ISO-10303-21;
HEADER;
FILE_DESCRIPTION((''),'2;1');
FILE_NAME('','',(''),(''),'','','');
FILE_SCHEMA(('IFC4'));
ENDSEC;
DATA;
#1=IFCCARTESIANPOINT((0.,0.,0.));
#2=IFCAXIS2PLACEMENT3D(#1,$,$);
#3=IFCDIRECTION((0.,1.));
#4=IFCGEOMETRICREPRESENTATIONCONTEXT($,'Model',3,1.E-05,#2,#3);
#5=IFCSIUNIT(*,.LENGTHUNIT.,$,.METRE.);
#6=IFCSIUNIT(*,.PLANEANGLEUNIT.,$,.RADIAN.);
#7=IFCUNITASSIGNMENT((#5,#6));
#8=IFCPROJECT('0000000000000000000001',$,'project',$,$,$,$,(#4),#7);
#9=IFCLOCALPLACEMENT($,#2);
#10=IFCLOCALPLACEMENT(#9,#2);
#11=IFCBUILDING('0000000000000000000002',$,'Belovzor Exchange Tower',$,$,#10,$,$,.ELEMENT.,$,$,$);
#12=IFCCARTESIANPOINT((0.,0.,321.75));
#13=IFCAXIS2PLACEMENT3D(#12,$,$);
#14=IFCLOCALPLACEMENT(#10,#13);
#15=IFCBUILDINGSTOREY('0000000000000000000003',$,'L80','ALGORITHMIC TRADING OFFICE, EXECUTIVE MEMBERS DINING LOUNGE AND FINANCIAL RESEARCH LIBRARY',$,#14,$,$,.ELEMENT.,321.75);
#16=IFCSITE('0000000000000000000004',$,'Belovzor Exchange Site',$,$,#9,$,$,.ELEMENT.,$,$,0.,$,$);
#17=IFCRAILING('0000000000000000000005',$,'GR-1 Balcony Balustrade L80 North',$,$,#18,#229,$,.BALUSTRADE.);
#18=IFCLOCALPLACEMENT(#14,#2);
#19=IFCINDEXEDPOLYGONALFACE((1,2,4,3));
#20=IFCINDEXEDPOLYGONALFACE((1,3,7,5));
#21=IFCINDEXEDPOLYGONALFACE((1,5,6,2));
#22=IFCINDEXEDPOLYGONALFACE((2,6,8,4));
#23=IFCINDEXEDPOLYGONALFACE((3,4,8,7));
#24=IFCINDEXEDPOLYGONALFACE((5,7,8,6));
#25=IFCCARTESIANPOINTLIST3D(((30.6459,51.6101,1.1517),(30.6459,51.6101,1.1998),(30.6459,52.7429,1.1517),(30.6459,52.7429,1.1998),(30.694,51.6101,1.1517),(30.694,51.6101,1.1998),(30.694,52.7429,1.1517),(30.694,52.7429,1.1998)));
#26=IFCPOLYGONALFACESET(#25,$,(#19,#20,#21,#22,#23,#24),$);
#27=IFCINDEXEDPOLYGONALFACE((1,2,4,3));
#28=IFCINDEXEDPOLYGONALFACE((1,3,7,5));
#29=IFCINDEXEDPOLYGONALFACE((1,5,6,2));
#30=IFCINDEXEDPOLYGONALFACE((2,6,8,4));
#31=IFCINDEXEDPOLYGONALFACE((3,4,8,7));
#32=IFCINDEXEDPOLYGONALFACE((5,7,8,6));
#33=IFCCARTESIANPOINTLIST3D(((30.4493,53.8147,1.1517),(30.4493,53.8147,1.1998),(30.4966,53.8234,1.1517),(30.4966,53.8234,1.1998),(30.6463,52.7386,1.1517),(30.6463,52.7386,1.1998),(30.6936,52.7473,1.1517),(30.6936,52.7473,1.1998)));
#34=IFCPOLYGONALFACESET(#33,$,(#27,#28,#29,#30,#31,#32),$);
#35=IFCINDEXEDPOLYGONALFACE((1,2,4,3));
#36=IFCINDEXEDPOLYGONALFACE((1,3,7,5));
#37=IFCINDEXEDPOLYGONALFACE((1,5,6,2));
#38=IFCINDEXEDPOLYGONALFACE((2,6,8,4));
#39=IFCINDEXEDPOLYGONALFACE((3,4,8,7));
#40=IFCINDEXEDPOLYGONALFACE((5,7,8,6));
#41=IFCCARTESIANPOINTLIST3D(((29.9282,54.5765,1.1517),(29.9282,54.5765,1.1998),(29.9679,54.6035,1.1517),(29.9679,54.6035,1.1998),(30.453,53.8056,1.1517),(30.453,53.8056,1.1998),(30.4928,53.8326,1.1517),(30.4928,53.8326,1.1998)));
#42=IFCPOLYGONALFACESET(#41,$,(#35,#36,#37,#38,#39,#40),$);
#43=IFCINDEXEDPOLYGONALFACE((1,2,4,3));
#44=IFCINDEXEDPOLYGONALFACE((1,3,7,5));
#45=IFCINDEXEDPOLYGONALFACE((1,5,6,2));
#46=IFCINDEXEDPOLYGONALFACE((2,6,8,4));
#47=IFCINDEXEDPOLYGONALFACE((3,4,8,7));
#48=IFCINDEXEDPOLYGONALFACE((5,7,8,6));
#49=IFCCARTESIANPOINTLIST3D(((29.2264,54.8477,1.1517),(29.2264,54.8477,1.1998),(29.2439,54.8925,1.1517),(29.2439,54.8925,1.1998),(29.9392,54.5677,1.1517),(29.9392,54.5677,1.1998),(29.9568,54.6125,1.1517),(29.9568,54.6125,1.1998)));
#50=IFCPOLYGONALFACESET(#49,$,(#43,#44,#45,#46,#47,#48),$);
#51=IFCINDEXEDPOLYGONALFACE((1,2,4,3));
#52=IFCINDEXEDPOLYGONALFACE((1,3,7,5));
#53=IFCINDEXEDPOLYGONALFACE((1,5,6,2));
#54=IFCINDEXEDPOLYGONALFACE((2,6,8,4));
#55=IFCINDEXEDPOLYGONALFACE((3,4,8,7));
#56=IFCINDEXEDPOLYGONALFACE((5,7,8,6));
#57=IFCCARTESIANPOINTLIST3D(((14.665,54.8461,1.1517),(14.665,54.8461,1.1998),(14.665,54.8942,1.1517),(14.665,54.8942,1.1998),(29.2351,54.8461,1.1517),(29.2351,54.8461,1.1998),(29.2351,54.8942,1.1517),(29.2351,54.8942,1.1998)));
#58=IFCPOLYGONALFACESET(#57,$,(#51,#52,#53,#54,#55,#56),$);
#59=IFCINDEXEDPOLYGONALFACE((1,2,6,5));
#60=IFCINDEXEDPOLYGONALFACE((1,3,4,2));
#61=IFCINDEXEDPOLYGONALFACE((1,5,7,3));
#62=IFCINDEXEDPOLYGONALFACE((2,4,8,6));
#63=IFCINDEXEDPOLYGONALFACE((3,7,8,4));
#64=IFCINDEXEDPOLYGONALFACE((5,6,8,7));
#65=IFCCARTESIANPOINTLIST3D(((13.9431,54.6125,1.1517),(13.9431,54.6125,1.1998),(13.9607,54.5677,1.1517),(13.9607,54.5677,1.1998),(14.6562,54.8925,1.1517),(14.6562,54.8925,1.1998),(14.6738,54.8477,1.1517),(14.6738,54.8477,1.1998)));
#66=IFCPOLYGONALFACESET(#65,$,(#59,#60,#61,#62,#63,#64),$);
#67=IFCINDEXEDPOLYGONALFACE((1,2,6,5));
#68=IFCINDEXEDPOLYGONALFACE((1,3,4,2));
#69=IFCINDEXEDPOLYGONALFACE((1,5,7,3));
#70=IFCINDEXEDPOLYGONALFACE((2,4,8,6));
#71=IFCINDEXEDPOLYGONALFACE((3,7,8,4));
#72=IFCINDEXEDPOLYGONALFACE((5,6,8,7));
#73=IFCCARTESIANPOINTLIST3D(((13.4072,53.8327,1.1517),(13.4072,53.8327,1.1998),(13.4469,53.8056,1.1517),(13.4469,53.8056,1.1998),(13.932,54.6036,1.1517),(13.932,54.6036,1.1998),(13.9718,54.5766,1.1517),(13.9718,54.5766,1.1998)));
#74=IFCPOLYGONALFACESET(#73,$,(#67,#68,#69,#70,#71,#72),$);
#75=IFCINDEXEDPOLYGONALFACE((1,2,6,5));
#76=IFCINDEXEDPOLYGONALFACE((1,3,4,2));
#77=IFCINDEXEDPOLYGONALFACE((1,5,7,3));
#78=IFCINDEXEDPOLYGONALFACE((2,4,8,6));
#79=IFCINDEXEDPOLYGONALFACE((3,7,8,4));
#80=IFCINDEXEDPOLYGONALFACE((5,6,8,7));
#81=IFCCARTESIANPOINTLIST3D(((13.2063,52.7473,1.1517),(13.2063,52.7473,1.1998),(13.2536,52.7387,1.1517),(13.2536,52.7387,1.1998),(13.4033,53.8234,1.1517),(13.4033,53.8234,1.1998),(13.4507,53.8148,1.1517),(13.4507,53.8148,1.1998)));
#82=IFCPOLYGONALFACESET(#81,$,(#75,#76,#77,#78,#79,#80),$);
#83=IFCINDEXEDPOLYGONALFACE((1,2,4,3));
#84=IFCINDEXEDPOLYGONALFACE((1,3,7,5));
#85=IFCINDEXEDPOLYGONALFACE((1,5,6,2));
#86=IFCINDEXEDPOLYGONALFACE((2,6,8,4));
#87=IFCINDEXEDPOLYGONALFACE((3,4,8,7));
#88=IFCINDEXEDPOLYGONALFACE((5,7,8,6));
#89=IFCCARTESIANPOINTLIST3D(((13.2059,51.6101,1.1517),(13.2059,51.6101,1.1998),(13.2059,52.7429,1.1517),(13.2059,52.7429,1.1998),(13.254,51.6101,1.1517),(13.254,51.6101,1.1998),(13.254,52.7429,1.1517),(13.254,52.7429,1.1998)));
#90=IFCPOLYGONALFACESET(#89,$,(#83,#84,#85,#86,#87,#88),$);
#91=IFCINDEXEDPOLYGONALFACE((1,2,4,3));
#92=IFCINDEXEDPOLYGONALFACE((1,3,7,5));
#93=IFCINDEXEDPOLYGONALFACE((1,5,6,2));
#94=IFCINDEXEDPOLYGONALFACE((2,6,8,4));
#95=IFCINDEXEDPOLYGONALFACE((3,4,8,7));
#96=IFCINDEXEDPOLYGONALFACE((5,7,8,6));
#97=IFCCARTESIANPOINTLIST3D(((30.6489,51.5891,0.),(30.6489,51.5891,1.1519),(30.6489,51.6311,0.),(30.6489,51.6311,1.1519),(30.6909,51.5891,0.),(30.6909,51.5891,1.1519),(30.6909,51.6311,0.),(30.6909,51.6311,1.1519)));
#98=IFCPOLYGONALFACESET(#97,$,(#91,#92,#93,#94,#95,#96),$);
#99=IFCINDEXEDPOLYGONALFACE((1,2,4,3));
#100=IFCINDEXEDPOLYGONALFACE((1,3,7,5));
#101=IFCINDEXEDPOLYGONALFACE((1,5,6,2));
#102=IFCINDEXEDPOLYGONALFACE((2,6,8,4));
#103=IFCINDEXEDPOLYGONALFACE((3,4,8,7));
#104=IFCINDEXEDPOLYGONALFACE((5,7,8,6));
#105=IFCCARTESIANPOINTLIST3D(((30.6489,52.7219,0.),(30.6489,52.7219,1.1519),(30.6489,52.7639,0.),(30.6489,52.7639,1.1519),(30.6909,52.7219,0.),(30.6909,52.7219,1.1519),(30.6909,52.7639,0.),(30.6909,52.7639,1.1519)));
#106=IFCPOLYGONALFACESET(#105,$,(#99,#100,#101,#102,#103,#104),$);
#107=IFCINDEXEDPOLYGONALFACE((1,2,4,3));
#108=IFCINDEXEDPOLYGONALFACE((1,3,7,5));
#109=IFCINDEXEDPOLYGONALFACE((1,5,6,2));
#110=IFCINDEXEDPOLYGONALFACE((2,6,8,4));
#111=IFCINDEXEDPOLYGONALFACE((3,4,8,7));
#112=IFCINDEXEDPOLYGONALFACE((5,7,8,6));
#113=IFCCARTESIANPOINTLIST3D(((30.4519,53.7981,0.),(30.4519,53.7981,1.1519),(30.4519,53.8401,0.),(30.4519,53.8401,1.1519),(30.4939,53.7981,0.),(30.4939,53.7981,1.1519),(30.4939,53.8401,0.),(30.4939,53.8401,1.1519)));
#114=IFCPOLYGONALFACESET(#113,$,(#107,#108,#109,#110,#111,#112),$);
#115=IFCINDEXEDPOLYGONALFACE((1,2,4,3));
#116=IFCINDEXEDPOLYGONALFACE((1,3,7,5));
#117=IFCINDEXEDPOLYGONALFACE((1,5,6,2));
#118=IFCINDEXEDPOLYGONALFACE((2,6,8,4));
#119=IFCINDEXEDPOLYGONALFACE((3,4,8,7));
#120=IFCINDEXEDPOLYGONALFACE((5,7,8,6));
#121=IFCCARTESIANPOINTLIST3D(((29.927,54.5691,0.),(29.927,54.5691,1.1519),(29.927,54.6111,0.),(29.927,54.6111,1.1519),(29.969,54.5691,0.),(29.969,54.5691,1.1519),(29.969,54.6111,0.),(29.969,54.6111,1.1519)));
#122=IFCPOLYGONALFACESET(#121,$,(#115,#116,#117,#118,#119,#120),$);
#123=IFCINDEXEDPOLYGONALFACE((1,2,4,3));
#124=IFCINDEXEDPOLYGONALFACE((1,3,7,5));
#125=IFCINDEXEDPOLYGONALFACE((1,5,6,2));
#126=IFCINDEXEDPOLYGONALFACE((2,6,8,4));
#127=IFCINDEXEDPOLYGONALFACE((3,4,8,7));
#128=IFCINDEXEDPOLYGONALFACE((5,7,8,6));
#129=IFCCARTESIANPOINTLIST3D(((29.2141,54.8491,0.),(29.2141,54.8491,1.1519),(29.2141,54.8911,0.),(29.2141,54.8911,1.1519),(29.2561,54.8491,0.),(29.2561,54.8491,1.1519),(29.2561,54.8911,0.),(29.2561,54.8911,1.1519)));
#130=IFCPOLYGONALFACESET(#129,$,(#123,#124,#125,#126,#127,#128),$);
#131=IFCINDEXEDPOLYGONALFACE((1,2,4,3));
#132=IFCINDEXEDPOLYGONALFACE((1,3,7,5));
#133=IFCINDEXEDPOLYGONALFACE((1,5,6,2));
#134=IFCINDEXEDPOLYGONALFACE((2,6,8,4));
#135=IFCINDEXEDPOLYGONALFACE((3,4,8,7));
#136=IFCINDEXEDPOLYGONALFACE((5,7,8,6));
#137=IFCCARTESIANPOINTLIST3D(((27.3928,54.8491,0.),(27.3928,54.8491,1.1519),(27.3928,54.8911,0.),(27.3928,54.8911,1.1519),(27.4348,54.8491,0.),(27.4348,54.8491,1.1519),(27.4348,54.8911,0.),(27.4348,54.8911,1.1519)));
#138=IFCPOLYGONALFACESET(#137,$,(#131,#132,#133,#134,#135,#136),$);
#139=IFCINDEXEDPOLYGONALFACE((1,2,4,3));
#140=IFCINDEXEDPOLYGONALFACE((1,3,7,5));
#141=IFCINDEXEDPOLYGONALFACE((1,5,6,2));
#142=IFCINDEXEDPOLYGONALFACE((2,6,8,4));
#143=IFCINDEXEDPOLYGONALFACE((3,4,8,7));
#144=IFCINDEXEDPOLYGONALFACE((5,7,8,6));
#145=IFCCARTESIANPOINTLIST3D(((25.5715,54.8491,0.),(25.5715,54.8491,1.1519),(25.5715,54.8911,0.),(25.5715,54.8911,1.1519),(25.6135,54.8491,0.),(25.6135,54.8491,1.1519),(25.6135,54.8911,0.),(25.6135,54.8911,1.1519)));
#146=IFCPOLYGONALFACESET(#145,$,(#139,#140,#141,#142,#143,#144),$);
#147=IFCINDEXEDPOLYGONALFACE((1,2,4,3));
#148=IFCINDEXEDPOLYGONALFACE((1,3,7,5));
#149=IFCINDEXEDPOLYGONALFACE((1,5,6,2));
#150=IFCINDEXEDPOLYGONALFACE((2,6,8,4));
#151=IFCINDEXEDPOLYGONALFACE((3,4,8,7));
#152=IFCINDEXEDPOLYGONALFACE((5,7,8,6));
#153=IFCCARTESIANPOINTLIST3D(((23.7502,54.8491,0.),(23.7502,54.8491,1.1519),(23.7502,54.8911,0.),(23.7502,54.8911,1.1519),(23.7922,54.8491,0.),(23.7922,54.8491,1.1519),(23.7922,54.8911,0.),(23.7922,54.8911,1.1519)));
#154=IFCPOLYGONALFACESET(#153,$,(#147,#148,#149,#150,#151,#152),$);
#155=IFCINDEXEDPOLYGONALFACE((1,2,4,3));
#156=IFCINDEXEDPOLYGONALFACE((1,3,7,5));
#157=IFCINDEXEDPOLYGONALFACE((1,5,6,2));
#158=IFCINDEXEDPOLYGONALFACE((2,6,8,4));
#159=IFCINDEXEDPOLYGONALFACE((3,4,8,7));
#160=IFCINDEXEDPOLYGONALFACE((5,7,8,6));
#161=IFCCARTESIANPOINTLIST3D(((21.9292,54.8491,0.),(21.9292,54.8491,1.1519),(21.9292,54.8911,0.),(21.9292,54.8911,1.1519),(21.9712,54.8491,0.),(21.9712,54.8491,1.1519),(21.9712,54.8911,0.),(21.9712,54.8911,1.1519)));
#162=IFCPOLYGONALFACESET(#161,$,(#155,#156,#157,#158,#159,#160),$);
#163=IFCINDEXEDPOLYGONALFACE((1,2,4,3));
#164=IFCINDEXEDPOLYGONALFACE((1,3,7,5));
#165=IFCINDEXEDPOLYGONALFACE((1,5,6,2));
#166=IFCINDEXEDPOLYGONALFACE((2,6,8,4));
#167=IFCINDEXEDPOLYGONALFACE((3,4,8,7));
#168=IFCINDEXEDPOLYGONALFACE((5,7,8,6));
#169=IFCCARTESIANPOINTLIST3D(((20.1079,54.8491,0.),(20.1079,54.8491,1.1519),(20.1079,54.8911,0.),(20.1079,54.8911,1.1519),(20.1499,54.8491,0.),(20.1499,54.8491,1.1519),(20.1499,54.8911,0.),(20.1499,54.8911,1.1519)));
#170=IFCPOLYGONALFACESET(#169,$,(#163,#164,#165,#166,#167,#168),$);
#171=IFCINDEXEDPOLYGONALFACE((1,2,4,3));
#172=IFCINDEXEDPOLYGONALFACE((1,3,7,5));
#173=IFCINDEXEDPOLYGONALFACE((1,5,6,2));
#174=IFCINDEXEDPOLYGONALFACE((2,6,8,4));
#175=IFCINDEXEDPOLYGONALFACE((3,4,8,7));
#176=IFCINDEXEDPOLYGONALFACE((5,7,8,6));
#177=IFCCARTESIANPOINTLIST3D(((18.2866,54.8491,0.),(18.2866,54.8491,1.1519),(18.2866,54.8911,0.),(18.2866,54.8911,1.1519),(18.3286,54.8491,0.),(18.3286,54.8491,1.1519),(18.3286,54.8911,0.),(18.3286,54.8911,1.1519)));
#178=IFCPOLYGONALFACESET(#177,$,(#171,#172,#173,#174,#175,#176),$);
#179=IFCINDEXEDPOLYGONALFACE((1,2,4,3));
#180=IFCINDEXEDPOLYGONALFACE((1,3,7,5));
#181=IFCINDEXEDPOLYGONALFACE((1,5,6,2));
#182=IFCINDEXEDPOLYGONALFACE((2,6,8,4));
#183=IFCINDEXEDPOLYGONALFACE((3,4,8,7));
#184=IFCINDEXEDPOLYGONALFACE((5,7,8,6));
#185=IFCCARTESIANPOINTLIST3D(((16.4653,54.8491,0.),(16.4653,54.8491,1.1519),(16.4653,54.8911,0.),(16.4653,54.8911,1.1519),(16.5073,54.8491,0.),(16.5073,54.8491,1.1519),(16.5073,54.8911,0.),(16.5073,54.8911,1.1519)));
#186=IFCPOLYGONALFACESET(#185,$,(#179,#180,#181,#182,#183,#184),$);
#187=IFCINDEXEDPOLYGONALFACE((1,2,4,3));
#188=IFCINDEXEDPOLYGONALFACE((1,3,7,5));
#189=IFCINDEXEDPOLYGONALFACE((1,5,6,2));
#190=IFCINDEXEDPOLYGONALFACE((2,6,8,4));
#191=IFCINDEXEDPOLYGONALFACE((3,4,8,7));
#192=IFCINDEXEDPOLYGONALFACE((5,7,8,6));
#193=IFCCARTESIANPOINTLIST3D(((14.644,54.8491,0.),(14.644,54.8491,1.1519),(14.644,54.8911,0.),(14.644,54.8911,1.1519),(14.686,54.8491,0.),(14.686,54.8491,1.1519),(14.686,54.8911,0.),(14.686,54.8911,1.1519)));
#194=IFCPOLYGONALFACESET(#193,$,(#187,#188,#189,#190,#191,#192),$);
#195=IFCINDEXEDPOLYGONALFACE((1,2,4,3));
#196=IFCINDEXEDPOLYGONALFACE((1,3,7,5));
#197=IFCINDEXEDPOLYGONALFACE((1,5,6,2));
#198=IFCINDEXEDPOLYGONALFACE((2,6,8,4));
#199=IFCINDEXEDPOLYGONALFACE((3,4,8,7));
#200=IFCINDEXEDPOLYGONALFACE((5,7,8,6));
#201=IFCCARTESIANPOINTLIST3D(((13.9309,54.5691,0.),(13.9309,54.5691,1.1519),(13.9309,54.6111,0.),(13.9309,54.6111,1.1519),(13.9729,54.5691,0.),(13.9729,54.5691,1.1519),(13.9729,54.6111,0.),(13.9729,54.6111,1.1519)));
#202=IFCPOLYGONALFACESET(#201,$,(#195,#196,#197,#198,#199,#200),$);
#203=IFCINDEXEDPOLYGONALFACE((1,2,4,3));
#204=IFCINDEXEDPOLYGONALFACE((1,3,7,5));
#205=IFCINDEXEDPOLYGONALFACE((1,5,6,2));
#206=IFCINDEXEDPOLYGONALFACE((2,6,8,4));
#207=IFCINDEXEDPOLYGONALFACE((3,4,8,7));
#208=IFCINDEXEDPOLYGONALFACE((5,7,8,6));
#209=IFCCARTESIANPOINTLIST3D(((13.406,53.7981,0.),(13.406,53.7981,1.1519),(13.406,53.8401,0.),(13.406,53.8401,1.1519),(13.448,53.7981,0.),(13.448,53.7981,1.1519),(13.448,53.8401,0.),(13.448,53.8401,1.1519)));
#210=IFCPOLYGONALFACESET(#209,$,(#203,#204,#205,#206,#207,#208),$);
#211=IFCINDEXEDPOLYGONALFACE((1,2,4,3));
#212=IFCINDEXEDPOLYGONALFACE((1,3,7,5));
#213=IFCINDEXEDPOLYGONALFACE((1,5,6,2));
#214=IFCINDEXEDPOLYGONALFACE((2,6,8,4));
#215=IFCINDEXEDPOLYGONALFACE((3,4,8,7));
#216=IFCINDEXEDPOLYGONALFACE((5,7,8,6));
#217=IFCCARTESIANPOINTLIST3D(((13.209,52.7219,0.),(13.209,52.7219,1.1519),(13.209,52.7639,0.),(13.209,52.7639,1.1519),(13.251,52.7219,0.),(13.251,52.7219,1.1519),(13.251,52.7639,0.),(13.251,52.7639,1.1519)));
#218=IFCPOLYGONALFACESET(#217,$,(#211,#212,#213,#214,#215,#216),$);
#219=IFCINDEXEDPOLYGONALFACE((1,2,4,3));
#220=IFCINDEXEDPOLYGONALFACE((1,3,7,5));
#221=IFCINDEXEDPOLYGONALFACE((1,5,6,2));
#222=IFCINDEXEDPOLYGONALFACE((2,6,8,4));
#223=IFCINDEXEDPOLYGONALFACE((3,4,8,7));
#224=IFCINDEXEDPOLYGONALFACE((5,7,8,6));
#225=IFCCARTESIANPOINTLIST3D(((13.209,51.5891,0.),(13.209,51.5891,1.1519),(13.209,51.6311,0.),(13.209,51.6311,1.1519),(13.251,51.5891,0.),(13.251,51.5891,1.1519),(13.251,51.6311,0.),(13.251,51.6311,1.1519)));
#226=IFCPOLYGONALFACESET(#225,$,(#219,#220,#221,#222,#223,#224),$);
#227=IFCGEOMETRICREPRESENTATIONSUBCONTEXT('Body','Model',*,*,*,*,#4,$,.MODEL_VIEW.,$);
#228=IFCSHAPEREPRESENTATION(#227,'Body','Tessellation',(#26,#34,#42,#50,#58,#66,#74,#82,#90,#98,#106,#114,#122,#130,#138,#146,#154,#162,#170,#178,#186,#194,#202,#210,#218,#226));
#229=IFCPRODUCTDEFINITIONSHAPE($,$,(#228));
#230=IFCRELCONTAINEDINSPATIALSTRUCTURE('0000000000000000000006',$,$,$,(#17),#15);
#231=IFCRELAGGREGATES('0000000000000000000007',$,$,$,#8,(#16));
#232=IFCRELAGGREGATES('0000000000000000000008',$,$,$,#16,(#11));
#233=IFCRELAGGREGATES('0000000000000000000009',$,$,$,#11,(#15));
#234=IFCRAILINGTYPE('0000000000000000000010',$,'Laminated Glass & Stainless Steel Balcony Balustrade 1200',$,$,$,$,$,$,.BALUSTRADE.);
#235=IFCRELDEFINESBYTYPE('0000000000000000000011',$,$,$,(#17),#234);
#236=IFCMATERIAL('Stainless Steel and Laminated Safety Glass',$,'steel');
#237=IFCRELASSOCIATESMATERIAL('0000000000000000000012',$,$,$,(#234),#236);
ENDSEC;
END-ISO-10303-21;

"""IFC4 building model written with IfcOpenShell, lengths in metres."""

from ifc_helpers import new_model, si_unit, direction, frame, origin, origin_2d, place, context, subcontext, project, spatial, rectangle, extrude, material, type_object, element, save


model = new_model("IFC4")

# Units and contexts
model_context = context("Model", 3, precision=1e-05, world=origin(), true_north=direction((0.0, 1.0)))
body_context = subcontext(model_context, "Body", "Model", "MODEL_VIEW")
ifc_project = project(units=[si_unit("LENGTHUNIT", "METRE"), si_unit("PLANEANGLEUNIT", "RADIAN")], contexts=[model_context])

# Site, building, storey
site_placement = place(None, origin())
site = spatial("IfcSite", under=ifc_project, at=site_placement, Name="Belovzor Exchange Site", CompositionType="ELEMENT", RefElevation=0.0)
building_placement = place(site_placement, origin())
building = spatial("IfcBuilding", under=site, at=building_placement, Name="Belovzor Exchange Tower", CompositionType="ELEMENT")
storey_placement = place(building_placement, frame((0.0, 0.0, 321.75)))
storey = spatial("IfcBuildingStorey", under=building, at=storey_placement, Name="L80", Description="ALGORITHMIC TRADING OFFICE, EXECUTIVE MEMBERS DINING LOUNGE AND FINANCIAL RESEARCH LIBRARY", CompositionType="ELEMENT", Elevation=321.75)

# Railing
ifc_material_1 = material(Name="Stainless Steel and Laminated Safety Glass", Category="steel")
railing_type = type_object("IfcRailingType", Name="Laminated Glass & Stainless Steel Balcony Balustrade 1200", PredefinedType="BALUSTRADE", material=ifc_material_1)
railing_placement = place(storey_placement, frame((30.6699, 51.6101, 0.0)))
element("IfcRailing", 1, at=railing_placement, inside=storey, type_object=railing_type, Name="GR-1 Balcony Balustrade L80 North", PredefinedType="BALUSTRADE", context=body_context, shape_type="SweptSolid", body=[
    extrude(rectangle(XDim=0.0481, YDim=0.0481, at=origin_2d()), frame((0.0, 0.0, 1.1758), z_axis=(0.0, 1.0, 0.0), x_axis=(-1.0, 0.0, 0.0)), (0.0, 0.0, 1.0), 1.1328),
    extrude(rectangle(XDim=0.0481, YDim=0.0481, at=origin_2d()), frame((0.0, 1.1328, 1.1758), z_axis=(-0.180083, 0.983651, 0.0), x_axis=(-0.983651, -0.180083, 0.0)), (0.0, 0.0, 1.0), 1.094),
    extrude(rectangle(XDim=0.0481, YDim=0.0481, at=origin_2d()), frame((-0.197, 2.209, 1.1758), z_axis=(-0.562768, 0.826615, 0.0), x_axis=(-0.826615, -0.562768, 0.0)), (0.0, 0.0, 1.0), 0.9326),
    extrude(rectangle(XDim=0.0481, YDim=0.0481, at=origin_2d()), frame((-0.7219, 2.98, 1.1758), z_axis=(-0.930767, 0.365613, 0.0), x_axis=(-0.365613, -0.930767, 0.0)), (0.0, 0.0, 1.0), 0.7659),
    extrude(rectangle(XDim=0.0481, YDim=0.0481, at=origin_2d()), frame((-1.4348, 3.26, 1.1758), z_axis=(-1.0, 0.0, 0.0), x_axis=(0.0, -1.0, 0.0)), (0.0, 0.0, 1.0), 14.5701),
    extrude(rectangle(XDim=0.0481, YDim=0.0481, at=origin_2d()), frame((-16.0049, 3.26, 1.1758), z_axis=(-0.93081, -0.365504, 0.0), x_axis=(0.365504, -0.93081, 0.0)), (0.0, 0.0, 1.0), 0.7661),
    extrude(rectangle(XDim=0.0481, YDim=0.0481, at=origin_2d()), frame((-16.718, 2.98, 1.1758), z_axis=(-0.562768, -0.826615, 0.0), x_axis=(0.826615, -0.562768, 0.0)), (0.0, 0.0, 1.0), 0.9326),
    extrude(rectangle(XDim=0.0481, YDim=0.0481, at=origin_2d()), frame((-17.2429, 2.209, 1.1758), z_axis=(-0.180083, -0.983651, 0.0), x_axis=(0.983651, -0.180083, 0.0)), (0.0, 0.0, 1.0), 1.094),
    extrude(rectangle(XDim=0.0481, YDim=0.0481, at=origin_2d()), frame((-17.4399, 1.1328, 1.1758), z_axis=(0.0, -1.0, 0.0), x_axis=(1.0, 0.0, 0.0)), (0.0, 0.0, 1.0), 1.1328),
    extrude(rectangle(XDim=0.042, YDim=0.042, at=origin_2d()), origin(), (0.0, 0.0, 1.0), 1.1519),
    extrude(rectangle(XDim=0.042, YDim=0.042, at=origin_2d()), frame((0.0, 1.1328, 0.0)), (0.0, 0.0, 1.0), 1.1519),
    extrude(rectangle(XDim=0.042, YDim=0.042, at=origin_2d()), frame((-0.197, 2.209, 0.0)), (0.0, 0.0, 1.0), 1.1519),
    extrude(rectangle(XDim=0.042, YDim=0.042, at=origin_2d()), frame((-0.7219, 2.98, 0.0)), (0.0, 0.0, 1.0), 1.1519),
    extrude(rectangle(XDim=0.042, YDim=0.042, at=origin_2d()), frame((-1.4348, 3.26, 0.0)), (0.0, 0.0, 1.0), 1.1519),
    extrude(rectangle(XDim=0.042, YDim=0.042, at=origin_2d()), frame((-3.2561, 3.26, 0.0)), (0.0, 0.0, 1.0), 1.1519),
    extrude(rectangle(XDim=0.042, YDim=0.042, at=origin_2d()), frame((-5.0774, 3.26, 0.0)), (0.0, 0.0, 1.0), 1.1519),
    extrude(rectangle(XDim=0.042, YDim=0.042, at=origin_2d()), frame((-6.8987, 3.26, 0.0)), (0.0, 0.0, 1.0), 1.1519),
    extrude(rectangle(XDim=0.042, YDim=0.042, at=origin_2d()), frame((-8.7197, 3.26, 0.0)), (0.0, 0.0, 1.0), 1.1519),
    extrude(rectangle(XDim=0.042, YDim=0.042, at=origin_2d()), frame((-10.541, 3.26, 0.0)), (0.0, 0.0, 1.0), 1.1519),
    extrude(rectangle(XDim=0.042, YDim=0.042, at=origin_2d()), frame((-12.3623, 3.26, 0.0)), (0.0, 0.0, 1.0), 1.1519),
    extrude(rectangle(XDim=0.042, YDim=0.042, at=origin_2d()), frame((-14.1836, 3.26, 0.0)), (0.0, 0.0, 1.0), 1.1519),
    extrude(rectangle(XDim=0.042, YDim=0.042, at=origin_2d()), frame((-16.0049, 3.26, 0.0)), (0.0, 0.0, 1.0), 1.1519),
    extrude(rectangle(XDim=0.042, YDim=0.042, at=origin_2d()), frame((-16.718, 2.98, 0.0)), (0.0, 0.0, 1.0), 1.1519),
    extrude(rectangle(XDim=0.042, YDim=0.042, at=origin_2d()), frame((-17.2429, 2.209, 0.0)), (0.0, 0.0, 1.0), 1.1519),
    extrude(rectangle(XDim=0.042, YDim=0.042, at=origin_2d()), frame((-17.4399, 1.1328, 0.0)), (0.0, 0.0, 1.0), 1.1519),
    extrude(rectangle(XDim=0.042, YDim=0.042, at=origin_2d()), frame((-17.4399, 0.0, 0.0)), (0.0, 0.0, 1.0), 1.1519),
])

save(model, "model.ifc")
